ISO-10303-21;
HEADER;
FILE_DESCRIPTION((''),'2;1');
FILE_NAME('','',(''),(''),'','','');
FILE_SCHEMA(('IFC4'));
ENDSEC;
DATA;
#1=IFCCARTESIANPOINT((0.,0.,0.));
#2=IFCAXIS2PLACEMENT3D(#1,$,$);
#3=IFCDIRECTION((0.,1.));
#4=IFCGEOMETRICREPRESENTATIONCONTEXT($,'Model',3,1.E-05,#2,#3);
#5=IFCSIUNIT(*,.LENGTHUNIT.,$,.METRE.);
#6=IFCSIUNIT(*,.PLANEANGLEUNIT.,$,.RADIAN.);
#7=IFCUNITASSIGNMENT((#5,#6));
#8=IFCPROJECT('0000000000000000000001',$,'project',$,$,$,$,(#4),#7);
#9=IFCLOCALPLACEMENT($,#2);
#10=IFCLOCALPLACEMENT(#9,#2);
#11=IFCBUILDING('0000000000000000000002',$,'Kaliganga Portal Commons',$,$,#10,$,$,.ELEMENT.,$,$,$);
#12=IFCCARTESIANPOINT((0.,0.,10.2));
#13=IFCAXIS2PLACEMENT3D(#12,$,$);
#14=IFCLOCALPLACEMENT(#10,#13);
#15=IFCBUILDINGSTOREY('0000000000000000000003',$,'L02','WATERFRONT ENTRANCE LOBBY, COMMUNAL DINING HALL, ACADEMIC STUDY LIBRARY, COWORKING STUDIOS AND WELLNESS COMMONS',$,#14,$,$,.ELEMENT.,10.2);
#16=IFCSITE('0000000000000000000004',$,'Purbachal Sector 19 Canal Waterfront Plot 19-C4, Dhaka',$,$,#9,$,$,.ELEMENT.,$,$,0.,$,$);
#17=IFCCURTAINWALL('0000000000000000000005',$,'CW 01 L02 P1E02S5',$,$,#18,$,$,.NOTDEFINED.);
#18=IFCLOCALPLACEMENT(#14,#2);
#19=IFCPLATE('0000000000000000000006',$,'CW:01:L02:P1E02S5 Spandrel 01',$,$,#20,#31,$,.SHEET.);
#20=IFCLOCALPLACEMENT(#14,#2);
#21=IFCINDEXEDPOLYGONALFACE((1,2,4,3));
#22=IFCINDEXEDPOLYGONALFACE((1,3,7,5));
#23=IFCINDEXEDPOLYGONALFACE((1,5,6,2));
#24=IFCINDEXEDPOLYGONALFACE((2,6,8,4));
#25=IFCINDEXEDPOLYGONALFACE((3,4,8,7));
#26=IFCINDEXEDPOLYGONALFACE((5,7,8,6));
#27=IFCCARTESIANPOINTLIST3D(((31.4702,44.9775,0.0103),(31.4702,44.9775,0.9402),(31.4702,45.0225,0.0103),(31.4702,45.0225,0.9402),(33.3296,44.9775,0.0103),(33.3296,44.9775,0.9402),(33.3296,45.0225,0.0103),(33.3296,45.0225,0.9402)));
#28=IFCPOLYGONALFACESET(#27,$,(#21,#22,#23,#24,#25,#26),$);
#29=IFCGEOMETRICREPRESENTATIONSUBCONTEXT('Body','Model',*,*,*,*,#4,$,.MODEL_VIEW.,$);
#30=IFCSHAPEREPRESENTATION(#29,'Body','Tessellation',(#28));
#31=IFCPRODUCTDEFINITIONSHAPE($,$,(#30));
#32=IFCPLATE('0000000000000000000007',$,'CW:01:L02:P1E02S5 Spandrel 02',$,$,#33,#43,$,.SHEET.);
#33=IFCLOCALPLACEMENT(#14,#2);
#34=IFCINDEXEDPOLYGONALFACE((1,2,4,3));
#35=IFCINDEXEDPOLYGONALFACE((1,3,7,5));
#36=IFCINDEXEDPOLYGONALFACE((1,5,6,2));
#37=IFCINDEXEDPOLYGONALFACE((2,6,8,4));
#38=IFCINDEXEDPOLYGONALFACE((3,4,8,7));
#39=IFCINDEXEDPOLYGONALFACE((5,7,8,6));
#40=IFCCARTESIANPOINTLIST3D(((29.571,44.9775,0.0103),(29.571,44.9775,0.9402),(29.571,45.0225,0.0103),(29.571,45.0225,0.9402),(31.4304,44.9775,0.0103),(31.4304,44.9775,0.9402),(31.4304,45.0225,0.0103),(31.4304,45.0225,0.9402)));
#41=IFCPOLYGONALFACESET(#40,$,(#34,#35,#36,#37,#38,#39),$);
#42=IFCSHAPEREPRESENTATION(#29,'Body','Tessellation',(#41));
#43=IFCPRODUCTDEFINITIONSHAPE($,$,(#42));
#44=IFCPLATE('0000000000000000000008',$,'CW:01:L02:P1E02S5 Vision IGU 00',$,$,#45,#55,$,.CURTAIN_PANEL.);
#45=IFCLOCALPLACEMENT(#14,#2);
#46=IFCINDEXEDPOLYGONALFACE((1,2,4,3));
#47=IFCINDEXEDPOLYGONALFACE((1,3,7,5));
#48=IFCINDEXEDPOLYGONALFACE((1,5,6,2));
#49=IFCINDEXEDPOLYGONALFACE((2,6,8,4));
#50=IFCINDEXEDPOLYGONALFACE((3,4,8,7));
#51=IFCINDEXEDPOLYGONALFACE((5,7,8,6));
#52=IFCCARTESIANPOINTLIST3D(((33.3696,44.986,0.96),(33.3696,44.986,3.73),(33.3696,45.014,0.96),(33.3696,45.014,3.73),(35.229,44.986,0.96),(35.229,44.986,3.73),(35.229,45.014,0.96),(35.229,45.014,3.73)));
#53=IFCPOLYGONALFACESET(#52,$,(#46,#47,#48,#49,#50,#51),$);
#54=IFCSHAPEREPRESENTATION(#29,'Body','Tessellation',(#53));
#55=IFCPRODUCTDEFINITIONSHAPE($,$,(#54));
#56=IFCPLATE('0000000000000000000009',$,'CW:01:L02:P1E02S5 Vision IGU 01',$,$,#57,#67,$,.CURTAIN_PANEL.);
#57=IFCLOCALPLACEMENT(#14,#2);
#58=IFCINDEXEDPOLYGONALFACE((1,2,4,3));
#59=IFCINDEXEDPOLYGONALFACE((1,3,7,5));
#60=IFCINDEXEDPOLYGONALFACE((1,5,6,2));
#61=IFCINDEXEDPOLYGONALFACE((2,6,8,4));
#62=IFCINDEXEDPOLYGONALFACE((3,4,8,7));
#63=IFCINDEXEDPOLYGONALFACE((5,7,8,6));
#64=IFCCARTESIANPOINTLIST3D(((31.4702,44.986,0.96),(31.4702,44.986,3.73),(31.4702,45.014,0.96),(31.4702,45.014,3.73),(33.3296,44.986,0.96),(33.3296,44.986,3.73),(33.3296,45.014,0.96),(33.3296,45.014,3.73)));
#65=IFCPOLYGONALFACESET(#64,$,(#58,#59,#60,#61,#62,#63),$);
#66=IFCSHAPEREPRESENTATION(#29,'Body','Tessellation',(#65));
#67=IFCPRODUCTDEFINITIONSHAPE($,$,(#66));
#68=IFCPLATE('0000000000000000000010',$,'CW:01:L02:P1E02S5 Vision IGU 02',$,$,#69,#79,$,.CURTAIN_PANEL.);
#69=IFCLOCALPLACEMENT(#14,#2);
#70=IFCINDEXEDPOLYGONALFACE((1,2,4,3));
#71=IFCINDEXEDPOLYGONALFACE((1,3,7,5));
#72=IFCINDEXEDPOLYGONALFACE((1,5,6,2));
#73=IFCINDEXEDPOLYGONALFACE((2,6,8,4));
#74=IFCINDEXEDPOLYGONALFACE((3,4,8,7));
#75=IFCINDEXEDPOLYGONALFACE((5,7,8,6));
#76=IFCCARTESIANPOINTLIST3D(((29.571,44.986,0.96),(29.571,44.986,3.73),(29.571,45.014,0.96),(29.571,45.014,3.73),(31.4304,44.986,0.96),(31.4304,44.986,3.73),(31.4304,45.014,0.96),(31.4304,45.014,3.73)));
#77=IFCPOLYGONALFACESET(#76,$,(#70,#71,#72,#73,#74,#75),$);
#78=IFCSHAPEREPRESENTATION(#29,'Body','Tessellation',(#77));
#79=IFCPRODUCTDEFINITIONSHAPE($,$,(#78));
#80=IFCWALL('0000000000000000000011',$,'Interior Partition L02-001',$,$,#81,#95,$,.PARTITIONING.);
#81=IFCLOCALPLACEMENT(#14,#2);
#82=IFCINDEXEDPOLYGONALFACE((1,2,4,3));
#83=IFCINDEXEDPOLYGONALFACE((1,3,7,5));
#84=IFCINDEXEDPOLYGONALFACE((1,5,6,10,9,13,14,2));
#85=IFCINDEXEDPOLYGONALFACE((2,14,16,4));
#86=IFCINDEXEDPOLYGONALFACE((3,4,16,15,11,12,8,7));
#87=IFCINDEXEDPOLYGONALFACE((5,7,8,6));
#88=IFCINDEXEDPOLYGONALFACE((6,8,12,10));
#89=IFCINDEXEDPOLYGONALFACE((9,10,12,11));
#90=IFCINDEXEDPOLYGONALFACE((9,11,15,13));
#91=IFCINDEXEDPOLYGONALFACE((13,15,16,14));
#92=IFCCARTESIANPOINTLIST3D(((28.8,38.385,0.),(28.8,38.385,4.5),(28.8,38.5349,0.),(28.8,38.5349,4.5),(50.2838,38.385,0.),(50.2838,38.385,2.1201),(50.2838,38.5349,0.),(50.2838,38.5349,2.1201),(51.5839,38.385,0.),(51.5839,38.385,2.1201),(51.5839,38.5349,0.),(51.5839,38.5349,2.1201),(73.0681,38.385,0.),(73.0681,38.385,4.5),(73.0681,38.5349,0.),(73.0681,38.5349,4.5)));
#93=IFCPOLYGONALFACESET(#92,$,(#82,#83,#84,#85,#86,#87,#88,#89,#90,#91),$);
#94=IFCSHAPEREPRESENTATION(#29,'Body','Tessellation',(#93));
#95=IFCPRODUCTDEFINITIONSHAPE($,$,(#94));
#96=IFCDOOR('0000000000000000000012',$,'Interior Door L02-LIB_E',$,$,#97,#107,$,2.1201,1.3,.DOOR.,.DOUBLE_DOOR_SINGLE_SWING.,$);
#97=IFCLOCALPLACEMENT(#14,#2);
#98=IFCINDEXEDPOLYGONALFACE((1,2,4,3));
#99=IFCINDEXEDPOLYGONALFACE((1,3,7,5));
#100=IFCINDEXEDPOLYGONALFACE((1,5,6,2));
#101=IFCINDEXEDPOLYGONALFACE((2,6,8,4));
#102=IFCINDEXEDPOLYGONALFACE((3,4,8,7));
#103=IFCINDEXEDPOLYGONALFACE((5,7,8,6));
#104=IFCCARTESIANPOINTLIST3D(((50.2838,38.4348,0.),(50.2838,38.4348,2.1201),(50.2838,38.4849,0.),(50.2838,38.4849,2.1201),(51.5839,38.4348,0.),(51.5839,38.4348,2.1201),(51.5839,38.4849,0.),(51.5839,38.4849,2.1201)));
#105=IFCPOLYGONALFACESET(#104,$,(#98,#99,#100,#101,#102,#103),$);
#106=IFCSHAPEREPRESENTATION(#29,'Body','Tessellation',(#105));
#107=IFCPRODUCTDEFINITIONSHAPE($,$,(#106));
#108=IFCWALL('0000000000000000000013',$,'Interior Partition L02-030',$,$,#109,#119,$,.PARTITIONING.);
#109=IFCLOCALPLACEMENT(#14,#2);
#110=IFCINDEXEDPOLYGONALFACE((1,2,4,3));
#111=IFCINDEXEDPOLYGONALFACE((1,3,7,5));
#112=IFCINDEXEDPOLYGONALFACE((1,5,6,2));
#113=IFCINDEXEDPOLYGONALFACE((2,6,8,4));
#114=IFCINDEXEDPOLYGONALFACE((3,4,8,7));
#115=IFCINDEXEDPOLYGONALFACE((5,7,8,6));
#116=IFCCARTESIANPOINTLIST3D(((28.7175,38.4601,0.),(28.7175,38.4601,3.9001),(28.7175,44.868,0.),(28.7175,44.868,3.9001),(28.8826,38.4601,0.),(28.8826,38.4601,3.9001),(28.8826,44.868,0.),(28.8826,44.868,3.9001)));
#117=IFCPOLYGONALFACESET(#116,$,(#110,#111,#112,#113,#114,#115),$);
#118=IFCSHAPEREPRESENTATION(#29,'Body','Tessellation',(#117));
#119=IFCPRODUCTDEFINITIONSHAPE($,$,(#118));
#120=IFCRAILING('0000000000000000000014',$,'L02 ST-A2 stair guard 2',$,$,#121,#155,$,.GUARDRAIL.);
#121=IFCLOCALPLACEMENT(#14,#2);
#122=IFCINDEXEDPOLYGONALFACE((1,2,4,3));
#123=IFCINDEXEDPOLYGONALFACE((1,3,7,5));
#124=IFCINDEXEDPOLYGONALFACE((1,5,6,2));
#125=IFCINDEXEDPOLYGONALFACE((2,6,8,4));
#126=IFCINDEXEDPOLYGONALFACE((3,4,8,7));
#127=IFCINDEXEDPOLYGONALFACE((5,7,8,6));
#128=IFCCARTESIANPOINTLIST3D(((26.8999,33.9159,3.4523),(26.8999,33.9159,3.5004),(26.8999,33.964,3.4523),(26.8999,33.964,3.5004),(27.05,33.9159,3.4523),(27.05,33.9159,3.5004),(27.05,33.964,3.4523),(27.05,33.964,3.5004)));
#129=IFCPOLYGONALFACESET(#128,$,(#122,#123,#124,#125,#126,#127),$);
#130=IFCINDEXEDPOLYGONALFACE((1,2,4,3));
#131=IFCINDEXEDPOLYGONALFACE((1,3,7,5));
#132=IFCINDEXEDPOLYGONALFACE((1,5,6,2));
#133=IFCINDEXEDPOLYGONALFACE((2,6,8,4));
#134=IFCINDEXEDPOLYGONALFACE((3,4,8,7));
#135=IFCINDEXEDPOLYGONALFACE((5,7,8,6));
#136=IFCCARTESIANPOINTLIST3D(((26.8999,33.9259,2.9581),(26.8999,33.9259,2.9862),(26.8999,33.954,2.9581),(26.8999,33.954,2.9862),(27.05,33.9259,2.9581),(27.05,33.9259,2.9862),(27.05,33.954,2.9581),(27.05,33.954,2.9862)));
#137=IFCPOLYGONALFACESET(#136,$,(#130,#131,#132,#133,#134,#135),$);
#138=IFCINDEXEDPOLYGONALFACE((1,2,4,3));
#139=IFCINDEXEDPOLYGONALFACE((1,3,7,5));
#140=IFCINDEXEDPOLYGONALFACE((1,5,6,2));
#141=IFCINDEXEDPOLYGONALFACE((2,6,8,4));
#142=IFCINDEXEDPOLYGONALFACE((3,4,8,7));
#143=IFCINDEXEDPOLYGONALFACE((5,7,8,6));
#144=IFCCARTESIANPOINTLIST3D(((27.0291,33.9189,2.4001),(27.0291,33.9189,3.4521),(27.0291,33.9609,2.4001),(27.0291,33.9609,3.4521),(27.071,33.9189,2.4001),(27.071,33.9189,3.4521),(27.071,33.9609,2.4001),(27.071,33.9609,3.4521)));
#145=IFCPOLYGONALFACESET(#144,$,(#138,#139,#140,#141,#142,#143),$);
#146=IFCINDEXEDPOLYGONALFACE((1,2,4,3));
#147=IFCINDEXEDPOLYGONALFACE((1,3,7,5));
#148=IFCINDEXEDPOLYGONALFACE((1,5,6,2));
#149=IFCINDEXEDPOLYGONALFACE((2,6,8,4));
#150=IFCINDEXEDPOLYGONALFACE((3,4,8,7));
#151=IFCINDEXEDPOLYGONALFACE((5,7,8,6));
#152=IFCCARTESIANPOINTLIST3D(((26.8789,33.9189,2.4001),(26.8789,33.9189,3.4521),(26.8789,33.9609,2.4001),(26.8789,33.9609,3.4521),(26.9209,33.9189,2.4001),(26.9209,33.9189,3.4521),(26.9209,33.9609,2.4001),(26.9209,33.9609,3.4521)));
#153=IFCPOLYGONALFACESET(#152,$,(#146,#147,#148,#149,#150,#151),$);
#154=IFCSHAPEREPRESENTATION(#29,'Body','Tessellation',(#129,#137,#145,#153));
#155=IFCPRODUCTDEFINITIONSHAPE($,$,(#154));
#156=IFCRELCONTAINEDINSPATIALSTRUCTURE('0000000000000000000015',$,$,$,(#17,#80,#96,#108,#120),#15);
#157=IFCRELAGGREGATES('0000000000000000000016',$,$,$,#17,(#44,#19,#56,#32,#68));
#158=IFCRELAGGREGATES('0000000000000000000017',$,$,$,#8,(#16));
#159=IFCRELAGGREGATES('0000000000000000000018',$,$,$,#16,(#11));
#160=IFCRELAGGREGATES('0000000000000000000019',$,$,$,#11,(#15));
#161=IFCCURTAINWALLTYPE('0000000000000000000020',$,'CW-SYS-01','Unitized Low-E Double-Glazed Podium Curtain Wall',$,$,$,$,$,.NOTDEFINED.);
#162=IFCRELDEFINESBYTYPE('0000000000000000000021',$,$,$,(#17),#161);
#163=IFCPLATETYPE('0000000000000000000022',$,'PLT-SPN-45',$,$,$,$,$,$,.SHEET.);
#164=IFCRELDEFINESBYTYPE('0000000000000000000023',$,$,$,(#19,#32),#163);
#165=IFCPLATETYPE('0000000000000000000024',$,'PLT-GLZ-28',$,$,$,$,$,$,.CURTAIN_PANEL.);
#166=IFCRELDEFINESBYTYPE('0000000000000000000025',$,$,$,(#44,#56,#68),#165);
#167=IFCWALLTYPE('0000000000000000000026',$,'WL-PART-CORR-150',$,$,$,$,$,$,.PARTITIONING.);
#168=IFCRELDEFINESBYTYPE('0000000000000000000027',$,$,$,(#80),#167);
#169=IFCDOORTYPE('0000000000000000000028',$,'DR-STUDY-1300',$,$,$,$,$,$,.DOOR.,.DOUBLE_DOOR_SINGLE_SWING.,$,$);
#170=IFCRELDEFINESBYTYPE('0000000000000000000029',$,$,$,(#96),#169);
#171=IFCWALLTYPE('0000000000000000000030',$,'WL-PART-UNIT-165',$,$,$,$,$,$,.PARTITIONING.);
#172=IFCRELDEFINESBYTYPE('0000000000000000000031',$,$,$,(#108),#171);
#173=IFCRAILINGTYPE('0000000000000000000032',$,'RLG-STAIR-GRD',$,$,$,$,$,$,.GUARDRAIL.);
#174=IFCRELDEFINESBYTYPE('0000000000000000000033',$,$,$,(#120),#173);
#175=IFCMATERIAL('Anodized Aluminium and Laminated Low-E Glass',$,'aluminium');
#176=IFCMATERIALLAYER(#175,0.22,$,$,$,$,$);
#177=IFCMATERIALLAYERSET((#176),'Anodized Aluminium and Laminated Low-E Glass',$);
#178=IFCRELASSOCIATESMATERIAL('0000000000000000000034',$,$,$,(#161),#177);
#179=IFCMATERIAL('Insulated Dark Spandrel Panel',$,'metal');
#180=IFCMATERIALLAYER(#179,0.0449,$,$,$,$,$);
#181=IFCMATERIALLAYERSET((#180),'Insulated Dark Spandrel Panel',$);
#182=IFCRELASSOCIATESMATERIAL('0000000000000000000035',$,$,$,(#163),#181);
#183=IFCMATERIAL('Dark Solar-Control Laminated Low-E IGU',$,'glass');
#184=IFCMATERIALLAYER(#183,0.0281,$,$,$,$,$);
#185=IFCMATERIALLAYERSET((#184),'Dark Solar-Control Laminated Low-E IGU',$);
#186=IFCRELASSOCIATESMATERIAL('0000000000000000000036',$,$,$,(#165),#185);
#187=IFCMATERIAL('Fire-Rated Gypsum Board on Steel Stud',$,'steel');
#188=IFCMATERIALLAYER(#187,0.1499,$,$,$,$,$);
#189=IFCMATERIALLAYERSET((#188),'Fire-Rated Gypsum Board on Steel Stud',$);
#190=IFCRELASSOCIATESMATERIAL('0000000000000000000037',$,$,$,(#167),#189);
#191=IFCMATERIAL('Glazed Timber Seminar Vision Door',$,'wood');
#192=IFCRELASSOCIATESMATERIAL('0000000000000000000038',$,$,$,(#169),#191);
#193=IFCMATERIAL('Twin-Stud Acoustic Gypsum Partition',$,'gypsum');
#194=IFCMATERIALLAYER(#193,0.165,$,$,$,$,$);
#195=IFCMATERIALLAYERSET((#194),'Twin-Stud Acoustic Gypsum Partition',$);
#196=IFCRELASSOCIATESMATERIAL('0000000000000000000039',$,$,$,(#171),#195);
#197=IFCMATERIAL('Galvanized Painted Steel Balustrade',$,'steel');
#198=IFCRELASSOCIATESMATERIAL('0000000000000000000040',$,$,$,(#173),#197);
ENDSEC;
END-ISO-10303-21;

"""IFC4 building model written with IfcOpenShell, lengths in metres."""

from ifc_helpers import new_model, si_unit, direction, frame, frame_2d, origin, origin_2d, place, context, subcontext, project, spatial, rectangle, extrude, source, transform, mapped, material, layer, layer_set, type_object, element, fill, aggregate, save


model = new_model("IFC4")

# Units and contexts
model_context = context("Model", 3, precision=1e-05, world=origin(), true_north=direction((0.0, 1.0)))
body_context = subcontext(model_context, "Body", "Model", "MODEL_VIEW")
ifc_project = project(units=[si_unit("LENGTHUNIT", "METRE"), si_unit("PLANEANGLEUNIT", "RADIAN")], contexts=[model_context])

# Site, building, storey
site_placement = place(None, origin())
site = spatial("IfcSite", under=ifc_project, at=site_placement, Name="Purbachal Sector 19 Canal Waterfront Plot 19-C4, Dhaka", CompositionType="ELEMENT", RefElevation=0.0)
building_placement = place(site_placement, origin())
building = spatial("IfcBuilding", under=site, at=building_placement, Name="Kaliganga Portal Commons", CompositionType="ELEMENT")
storey_placement = place(building_placement, frame((0.0, 0.0, 10.2)))
storey = spatial("IfcBuildingStorey", under=building, at=storey_placement, Name="L02", Description="WATERFRONT ENTRANCE LOBBY, COMMUNAL DINING HALL, ACADEMIC STUDY LIBRARY, COWORKING STUDIOS AND WELLNESS COMMONS", CompositionType="ELEMENT", Elevation=10.2)

# Curtain wall
ifc_material_1 = material(Name="Anodized Aluminium and Laminated Low-E Glass", Category="aluminium")
ifc_layer_1 = layer(ifc_material_1, 0.22)
ifc_layer_set_1 = layer_set([ifc_layer_1], Name="Anodized Aluminium and Laminated Low-E Glass")
curtain_wall_type = type_object("IfcCurtainWallType", Name="CW-SYS-01", Description="Unitized Low-E Double-Glazed Podium Curtain Wall", PredefinedType="NOTDEFINED", material=ifc_layer_set_1)
curtain_wall_1_placement = place(storey_placement, origin())
curtain_wall_1 = element("IfcCurtainWall", 1, at=curtain_wall_1_placement, inside=storey, type_object=curtain_wall_type, Name="CW 01 L02 P1E02S5", PredefinedType="NOTDEFINED")

# Plates
ifc_material_2 = material(Name="Insulated Dark Spandrel Panel", Category="metal")
ifc_layer_2 = layer(ifc_material_2, 0.0449)
ifc_layer_set_2 = layer_set([ifc_layer_2], Name="Insulated Dark Spandrel Panel")
plate_type_1 = type_object("IfcPlateType", Name="PLT-SPN-45", PredefinedType="SHEET", material=ifc_layer_set_2)
shared_shape_1 = source(origin(), body_context, "Body", "SweptSolid", [
    extrude(rectangle(XDim=1.8594, YDim=0.0449, at=origin_2d()), origin(), (0.0, 0.0, 1.0), 0.9299),
])
plate_1_placement = place(storey_placement, frame((32.3999, 45.0, 0.0103), z_axis=(0.0, 0.0, 1.0), x_axis=(-1.0, 0.0, 0.0)))
plate_1 = element("IfcPlate", 2, at=plate_1_placement, type_object=plate_type_1, Name="CW:01:L02:P1E02S5 Spandrel 01", PredefinedType="SHEET", context=body_context, shape_type="MappedRepresentation", body=[
    mapped(shared_shape_1, transform((0.0, 0.0, 0.0), x_axis=(1.0, 0.0, 0.0), y_axis=(0.0, 1.0, 0.0), z_axis=(0.0, 0.0, 1.0), scale=1.0)),
])
plate_2_placement = place(storey_placement, frame((30.5007, 45.0, 0.0103), z_axis=(0.0, 0.0, 1.0), x_axis=(-1.0, 0.0, 0.0)))
plate_2 = element("IfcPlate", 3, at=plate_2_placement, type_object=plate_type_1, Name="CW:01:L02:P1E02S5 Spandrel 02", PredefinedType="SHEET", context=body_context, shape_type="MappedRepresentation", body=[
    mapped(shared_shape_1, transform((0.0, 0.0, 0.0), x_axis=(1.0, 0.0, 0.0), y_axis=(0.0, 1.0, 0.0), z_axis=(0.0, 0.0, 1.0), scale=1.0)),
])
ifc_material_3 = material(Name="Dark Solar-Control Laminated Low-E IGU", Category="glass")
ifc_layer_3 = layer(ifc_material_3, 0.0281)
ifc_layer_set_3 = layer_set([ifc_layer_3], Name="Dark Solar-Control Laminated Low-E IGU")
plate_type_2 = type_object("IfcPlateType", Name="PLT-GLZ-28", PredefinedType="CURTAIN_PANEL", material=ifc_layer_set_3)
shared_shape_2 = source(origin(), body_context, "Body", "SweptSolid", [
    extrude(rectangle(XDim=1.8594, YDim=0.0281, at=origin_2d()), origin(), (0.0, 0.0, 1.0), 2.77),
])
plate_3_placement = place(storey_placement, frame((34.2993, 45.0, 0.96), z_axis=(0.0, 0.0, 1.0), x_axis=(-1.0, 0.0, 0.0)))
plate_3 = element("IfcPlate", 4, at=plate_3_placement, type_object=plate_type_2, Name="CW:01:L02:P1E02S5 Vision IGU 00", PredefinedType="CURTAIN_PANEL", context=body_context, shape_type="MappedRepresentation", body=[
    mapped(shared_shape_2, transform((0.0, 0.0, 0.0), x_axis=(1.0, 0.0, 0.0), y_axis=(0.0, 1.0, 0.0), z_axis=(0.0, 0.0, 1.0), scale=1.0)),
])
plate_4_placement = place(storey_placement, frame((32.3999, 45.0, 0.96), z_axis=(0.0, 0.0, 1.0), x_axis=(-1.0, 0.0, 0.0)))
plate_4 = element("IfcPlate", 5, at=plate_4_placement, type_object=plate_type_2, Name="CW:01:L02:P1E02S5 Vision IGU 01", PredefinedType="CURTAIN_PANEL", context=body_context, shape_type="MappedRepresentation", body=[
    mapped(shared_shape_2, transform((0.0, 0.0, 0.0), x_axis=(1.0, 0.0, 0.0), y_axis=(0.0, 1.0, 0.0), z_axis=(0.0, 0.0, 1.0), scale=1.0)),
])
plate_5_placement = place(storey_placement, frame((30.5007, 45.0, 0.96), z_axis=(0.0, 0.0, 1.0), x_axis=(-1.0, 0.0, 0.0)))
plate_5 = element("IfcPlate", 6, at=plate_5_placement, type_object=plate_type_2, Name="CW:01:L02:P1E02S5 Vision IGU 02", PredefinedType="CURTAIN_PANEL", context=body_context, shape_type="MappedRepresentation", body=[
    mapped(shared_shape_2, transform((0.0, 0.0, 0.0), x_axis=(1.0, 0.0, 0.0), y_axis=(0.0, 1.0, 0.0), z_axis=(0.0, 0.0, 1.0), scale=1.0)),
])
aggregate(curtain_wall_1, [plate_3, plate_1, plate_4, plate_2, plate_5])

# Wall, opening, door
ifc_material_4 = material(Name="Fire-Rated Gypsum Board on Steel Stud", Category="steel")
ifc_layer_4 = layer(ifc_material_4, 0.1499)
ifc_layer_set_4 = layer_set([ifc_layer_4], Name="Fire-Rated Gypsum Board on Steel Stud")
wall_type_1 = type_object("IfcWallType", Name="WL-PART-CORR-150", PredefinedType="PARTITIONING", material=ifc_layer_set_4)
wall_1_placement = place(storey_placement, frame((28.8, 38.46, 0.0), z_axis=(0.0, 0.0, 1.0), x_axis=(1.0, 0.0, 0.0)))
wall_1 = element("IfcWall", 7, at=wall_1_placement, inside=storey, type_object=wall_type_1, Name="Interior Partition L02-001", PredefinedType="PARTITIONING", context=body_context, shape_type="SweptSolid", body=[
    extrude(rectangle(XDim=44.2681, YDim=0.1499, at=frame_2d((22.134, 0.0))), origin(), (0.0, 0.0, 1.0), 4.5),
])
opening_placement = place(wall_1_placement, frame((21.4839, 0.0, 0.0)))
opening = element("IfcOpeningElement", 8, at=opening_placement, cuts=wall_1, PredefinedType="OPENING", context=body_context, shape_type="SweptSolid", body=[
    extrude(rectangle(XDim=1.3, YDim=2.1201, at=frame_2d((0.6499, 1.0601))), frame((0.0, 0.085, 0.0), z_axis=(0.0, -1.0, 0.0), x_axis=(1.0, 0.0, 0.0)), (0.0, 0.0, 1.0), 0.1699),
])
ifc_material_5 = material(Name="Glazed Timber Seminar Vision Door", Category="wood")
door_type = type_object("IfcDoorType", Name="DR-STUDY-1300", OperationType="DOUBLE_DOOR_SINGLE_SWING", PredefinedType="DOOR", material=ifc_material_5)
door_placement = place(opening_placement, origin())
door = element("IfcDoor", 9, at=door_placement, inside=storey, type_object=door_type, Name="Interior Door L02-LIB_E", OperationType="DOUBLE_DOOR_SINGLE_SWING", OverallHeight=2.1201, OverallWidth=1.3, PredefinedType="DOOR", context=body_context, shape_type="SweptSolid", body=[
    extrude(rectangle(XDim=1.3, YDim=2.1201, at=frame_2d((0.6499, 1.0601))), frame((0.0, 0.0249, 0.0), z_axis=(0.0, -1.0, 0.0), x_axis=(1.0, 0.0, 0.0)), (0.0, 0.0, 1.0), 0.05),
])
fill(opening, door)

# Wall
ifc_material_6 = material(Name="Twin-Stud Acoustic Gypsum Partition", Category="gypsum")
ifc_layer_5 = layer(ifc_material_6, 0.165)
ifc_layer_set_5 = layer_set([ifc_layer_5], Name="Twin-Stud Acoustic Gypsum Partition")
wall_type_2 = type_object("IfcWallType", Name="WL-PART-UNIT-165", PredefinedType="PARTITIONING", material=ifc_layer_set_5)
wall_2_placement = place(storey_placement, frame((28.8, 38.46, 0.0), z_axis=(0.0, 0.0, 1.0), x_axis=(0.0, 1.0, 0.0)))
element("IfcWall", 10, at=wall_2_placement, inside=storey, type_object=wall_type_2, Name="Interior Partition L02-030", PredefinedType="PARTITIONING", context=body_context, shape_type="SweptSolid", body=[
    extrude(rectangle(XDim=6.408, YDim=0.165, at=frame_2d((3.2041, 0.0))), origin(), (0.0, 0.0, 1.0), 3.9001),
])

# Railing
ifc_material_7 = material(Name="Galvanized Painted Steel Balustrade", Category="steel")
railing_type = type_object("IfcRailingType", Name="RLG-STAIR-GRD", PredefinedType="GUARDRAIL", material=ifc_material_7)
railing_placement = place(storey_placement, frame((27.05, 33.9399, 2.4001)))
element("IfcRailing", 11, at=railing_placement, inside=storey, type_object=railing_type, Name="L02 ST-A2 stair guard 2", PredefinedType="GUARDRAIL", context=body_context, shape_type="SweptSolid", body=[
    extrude(rectangle(XDim=0.0481, YDim=0.0481, at=origin_2d()), frame((0.0, 0.0, 1.0762), z_axis=(-1.0, 0.0, 0.0), x_axis=(0.0, -1.0, 0.0)), (0.0, 0.0, 1.0), 0.1501),
    extrude(rectangle(XDim=0.0281, YDim=0.0281, at=origin_2d()), frame((0.0, 0.0, 0.572), z_axis=(-1.0, 0.0, 0.0), x_axis=(0.0, -1.0, 0.0)), (0.0, 0.0, 1.0), 0.1501),
    extrude(rectangle(XDim=0.042, YDim=0.042, at=origin_2d()), origin(), (0.0, 0.0, 1.0), 1.052),
    extrude(rectangle(XDim=0.042, YDim=0.042, at=origin_2d()), frame((-0.1501, 0.0, 0.0)), (0.0, 0.0, 1.0), 1.052),
])

save(model, "model.ifc")
